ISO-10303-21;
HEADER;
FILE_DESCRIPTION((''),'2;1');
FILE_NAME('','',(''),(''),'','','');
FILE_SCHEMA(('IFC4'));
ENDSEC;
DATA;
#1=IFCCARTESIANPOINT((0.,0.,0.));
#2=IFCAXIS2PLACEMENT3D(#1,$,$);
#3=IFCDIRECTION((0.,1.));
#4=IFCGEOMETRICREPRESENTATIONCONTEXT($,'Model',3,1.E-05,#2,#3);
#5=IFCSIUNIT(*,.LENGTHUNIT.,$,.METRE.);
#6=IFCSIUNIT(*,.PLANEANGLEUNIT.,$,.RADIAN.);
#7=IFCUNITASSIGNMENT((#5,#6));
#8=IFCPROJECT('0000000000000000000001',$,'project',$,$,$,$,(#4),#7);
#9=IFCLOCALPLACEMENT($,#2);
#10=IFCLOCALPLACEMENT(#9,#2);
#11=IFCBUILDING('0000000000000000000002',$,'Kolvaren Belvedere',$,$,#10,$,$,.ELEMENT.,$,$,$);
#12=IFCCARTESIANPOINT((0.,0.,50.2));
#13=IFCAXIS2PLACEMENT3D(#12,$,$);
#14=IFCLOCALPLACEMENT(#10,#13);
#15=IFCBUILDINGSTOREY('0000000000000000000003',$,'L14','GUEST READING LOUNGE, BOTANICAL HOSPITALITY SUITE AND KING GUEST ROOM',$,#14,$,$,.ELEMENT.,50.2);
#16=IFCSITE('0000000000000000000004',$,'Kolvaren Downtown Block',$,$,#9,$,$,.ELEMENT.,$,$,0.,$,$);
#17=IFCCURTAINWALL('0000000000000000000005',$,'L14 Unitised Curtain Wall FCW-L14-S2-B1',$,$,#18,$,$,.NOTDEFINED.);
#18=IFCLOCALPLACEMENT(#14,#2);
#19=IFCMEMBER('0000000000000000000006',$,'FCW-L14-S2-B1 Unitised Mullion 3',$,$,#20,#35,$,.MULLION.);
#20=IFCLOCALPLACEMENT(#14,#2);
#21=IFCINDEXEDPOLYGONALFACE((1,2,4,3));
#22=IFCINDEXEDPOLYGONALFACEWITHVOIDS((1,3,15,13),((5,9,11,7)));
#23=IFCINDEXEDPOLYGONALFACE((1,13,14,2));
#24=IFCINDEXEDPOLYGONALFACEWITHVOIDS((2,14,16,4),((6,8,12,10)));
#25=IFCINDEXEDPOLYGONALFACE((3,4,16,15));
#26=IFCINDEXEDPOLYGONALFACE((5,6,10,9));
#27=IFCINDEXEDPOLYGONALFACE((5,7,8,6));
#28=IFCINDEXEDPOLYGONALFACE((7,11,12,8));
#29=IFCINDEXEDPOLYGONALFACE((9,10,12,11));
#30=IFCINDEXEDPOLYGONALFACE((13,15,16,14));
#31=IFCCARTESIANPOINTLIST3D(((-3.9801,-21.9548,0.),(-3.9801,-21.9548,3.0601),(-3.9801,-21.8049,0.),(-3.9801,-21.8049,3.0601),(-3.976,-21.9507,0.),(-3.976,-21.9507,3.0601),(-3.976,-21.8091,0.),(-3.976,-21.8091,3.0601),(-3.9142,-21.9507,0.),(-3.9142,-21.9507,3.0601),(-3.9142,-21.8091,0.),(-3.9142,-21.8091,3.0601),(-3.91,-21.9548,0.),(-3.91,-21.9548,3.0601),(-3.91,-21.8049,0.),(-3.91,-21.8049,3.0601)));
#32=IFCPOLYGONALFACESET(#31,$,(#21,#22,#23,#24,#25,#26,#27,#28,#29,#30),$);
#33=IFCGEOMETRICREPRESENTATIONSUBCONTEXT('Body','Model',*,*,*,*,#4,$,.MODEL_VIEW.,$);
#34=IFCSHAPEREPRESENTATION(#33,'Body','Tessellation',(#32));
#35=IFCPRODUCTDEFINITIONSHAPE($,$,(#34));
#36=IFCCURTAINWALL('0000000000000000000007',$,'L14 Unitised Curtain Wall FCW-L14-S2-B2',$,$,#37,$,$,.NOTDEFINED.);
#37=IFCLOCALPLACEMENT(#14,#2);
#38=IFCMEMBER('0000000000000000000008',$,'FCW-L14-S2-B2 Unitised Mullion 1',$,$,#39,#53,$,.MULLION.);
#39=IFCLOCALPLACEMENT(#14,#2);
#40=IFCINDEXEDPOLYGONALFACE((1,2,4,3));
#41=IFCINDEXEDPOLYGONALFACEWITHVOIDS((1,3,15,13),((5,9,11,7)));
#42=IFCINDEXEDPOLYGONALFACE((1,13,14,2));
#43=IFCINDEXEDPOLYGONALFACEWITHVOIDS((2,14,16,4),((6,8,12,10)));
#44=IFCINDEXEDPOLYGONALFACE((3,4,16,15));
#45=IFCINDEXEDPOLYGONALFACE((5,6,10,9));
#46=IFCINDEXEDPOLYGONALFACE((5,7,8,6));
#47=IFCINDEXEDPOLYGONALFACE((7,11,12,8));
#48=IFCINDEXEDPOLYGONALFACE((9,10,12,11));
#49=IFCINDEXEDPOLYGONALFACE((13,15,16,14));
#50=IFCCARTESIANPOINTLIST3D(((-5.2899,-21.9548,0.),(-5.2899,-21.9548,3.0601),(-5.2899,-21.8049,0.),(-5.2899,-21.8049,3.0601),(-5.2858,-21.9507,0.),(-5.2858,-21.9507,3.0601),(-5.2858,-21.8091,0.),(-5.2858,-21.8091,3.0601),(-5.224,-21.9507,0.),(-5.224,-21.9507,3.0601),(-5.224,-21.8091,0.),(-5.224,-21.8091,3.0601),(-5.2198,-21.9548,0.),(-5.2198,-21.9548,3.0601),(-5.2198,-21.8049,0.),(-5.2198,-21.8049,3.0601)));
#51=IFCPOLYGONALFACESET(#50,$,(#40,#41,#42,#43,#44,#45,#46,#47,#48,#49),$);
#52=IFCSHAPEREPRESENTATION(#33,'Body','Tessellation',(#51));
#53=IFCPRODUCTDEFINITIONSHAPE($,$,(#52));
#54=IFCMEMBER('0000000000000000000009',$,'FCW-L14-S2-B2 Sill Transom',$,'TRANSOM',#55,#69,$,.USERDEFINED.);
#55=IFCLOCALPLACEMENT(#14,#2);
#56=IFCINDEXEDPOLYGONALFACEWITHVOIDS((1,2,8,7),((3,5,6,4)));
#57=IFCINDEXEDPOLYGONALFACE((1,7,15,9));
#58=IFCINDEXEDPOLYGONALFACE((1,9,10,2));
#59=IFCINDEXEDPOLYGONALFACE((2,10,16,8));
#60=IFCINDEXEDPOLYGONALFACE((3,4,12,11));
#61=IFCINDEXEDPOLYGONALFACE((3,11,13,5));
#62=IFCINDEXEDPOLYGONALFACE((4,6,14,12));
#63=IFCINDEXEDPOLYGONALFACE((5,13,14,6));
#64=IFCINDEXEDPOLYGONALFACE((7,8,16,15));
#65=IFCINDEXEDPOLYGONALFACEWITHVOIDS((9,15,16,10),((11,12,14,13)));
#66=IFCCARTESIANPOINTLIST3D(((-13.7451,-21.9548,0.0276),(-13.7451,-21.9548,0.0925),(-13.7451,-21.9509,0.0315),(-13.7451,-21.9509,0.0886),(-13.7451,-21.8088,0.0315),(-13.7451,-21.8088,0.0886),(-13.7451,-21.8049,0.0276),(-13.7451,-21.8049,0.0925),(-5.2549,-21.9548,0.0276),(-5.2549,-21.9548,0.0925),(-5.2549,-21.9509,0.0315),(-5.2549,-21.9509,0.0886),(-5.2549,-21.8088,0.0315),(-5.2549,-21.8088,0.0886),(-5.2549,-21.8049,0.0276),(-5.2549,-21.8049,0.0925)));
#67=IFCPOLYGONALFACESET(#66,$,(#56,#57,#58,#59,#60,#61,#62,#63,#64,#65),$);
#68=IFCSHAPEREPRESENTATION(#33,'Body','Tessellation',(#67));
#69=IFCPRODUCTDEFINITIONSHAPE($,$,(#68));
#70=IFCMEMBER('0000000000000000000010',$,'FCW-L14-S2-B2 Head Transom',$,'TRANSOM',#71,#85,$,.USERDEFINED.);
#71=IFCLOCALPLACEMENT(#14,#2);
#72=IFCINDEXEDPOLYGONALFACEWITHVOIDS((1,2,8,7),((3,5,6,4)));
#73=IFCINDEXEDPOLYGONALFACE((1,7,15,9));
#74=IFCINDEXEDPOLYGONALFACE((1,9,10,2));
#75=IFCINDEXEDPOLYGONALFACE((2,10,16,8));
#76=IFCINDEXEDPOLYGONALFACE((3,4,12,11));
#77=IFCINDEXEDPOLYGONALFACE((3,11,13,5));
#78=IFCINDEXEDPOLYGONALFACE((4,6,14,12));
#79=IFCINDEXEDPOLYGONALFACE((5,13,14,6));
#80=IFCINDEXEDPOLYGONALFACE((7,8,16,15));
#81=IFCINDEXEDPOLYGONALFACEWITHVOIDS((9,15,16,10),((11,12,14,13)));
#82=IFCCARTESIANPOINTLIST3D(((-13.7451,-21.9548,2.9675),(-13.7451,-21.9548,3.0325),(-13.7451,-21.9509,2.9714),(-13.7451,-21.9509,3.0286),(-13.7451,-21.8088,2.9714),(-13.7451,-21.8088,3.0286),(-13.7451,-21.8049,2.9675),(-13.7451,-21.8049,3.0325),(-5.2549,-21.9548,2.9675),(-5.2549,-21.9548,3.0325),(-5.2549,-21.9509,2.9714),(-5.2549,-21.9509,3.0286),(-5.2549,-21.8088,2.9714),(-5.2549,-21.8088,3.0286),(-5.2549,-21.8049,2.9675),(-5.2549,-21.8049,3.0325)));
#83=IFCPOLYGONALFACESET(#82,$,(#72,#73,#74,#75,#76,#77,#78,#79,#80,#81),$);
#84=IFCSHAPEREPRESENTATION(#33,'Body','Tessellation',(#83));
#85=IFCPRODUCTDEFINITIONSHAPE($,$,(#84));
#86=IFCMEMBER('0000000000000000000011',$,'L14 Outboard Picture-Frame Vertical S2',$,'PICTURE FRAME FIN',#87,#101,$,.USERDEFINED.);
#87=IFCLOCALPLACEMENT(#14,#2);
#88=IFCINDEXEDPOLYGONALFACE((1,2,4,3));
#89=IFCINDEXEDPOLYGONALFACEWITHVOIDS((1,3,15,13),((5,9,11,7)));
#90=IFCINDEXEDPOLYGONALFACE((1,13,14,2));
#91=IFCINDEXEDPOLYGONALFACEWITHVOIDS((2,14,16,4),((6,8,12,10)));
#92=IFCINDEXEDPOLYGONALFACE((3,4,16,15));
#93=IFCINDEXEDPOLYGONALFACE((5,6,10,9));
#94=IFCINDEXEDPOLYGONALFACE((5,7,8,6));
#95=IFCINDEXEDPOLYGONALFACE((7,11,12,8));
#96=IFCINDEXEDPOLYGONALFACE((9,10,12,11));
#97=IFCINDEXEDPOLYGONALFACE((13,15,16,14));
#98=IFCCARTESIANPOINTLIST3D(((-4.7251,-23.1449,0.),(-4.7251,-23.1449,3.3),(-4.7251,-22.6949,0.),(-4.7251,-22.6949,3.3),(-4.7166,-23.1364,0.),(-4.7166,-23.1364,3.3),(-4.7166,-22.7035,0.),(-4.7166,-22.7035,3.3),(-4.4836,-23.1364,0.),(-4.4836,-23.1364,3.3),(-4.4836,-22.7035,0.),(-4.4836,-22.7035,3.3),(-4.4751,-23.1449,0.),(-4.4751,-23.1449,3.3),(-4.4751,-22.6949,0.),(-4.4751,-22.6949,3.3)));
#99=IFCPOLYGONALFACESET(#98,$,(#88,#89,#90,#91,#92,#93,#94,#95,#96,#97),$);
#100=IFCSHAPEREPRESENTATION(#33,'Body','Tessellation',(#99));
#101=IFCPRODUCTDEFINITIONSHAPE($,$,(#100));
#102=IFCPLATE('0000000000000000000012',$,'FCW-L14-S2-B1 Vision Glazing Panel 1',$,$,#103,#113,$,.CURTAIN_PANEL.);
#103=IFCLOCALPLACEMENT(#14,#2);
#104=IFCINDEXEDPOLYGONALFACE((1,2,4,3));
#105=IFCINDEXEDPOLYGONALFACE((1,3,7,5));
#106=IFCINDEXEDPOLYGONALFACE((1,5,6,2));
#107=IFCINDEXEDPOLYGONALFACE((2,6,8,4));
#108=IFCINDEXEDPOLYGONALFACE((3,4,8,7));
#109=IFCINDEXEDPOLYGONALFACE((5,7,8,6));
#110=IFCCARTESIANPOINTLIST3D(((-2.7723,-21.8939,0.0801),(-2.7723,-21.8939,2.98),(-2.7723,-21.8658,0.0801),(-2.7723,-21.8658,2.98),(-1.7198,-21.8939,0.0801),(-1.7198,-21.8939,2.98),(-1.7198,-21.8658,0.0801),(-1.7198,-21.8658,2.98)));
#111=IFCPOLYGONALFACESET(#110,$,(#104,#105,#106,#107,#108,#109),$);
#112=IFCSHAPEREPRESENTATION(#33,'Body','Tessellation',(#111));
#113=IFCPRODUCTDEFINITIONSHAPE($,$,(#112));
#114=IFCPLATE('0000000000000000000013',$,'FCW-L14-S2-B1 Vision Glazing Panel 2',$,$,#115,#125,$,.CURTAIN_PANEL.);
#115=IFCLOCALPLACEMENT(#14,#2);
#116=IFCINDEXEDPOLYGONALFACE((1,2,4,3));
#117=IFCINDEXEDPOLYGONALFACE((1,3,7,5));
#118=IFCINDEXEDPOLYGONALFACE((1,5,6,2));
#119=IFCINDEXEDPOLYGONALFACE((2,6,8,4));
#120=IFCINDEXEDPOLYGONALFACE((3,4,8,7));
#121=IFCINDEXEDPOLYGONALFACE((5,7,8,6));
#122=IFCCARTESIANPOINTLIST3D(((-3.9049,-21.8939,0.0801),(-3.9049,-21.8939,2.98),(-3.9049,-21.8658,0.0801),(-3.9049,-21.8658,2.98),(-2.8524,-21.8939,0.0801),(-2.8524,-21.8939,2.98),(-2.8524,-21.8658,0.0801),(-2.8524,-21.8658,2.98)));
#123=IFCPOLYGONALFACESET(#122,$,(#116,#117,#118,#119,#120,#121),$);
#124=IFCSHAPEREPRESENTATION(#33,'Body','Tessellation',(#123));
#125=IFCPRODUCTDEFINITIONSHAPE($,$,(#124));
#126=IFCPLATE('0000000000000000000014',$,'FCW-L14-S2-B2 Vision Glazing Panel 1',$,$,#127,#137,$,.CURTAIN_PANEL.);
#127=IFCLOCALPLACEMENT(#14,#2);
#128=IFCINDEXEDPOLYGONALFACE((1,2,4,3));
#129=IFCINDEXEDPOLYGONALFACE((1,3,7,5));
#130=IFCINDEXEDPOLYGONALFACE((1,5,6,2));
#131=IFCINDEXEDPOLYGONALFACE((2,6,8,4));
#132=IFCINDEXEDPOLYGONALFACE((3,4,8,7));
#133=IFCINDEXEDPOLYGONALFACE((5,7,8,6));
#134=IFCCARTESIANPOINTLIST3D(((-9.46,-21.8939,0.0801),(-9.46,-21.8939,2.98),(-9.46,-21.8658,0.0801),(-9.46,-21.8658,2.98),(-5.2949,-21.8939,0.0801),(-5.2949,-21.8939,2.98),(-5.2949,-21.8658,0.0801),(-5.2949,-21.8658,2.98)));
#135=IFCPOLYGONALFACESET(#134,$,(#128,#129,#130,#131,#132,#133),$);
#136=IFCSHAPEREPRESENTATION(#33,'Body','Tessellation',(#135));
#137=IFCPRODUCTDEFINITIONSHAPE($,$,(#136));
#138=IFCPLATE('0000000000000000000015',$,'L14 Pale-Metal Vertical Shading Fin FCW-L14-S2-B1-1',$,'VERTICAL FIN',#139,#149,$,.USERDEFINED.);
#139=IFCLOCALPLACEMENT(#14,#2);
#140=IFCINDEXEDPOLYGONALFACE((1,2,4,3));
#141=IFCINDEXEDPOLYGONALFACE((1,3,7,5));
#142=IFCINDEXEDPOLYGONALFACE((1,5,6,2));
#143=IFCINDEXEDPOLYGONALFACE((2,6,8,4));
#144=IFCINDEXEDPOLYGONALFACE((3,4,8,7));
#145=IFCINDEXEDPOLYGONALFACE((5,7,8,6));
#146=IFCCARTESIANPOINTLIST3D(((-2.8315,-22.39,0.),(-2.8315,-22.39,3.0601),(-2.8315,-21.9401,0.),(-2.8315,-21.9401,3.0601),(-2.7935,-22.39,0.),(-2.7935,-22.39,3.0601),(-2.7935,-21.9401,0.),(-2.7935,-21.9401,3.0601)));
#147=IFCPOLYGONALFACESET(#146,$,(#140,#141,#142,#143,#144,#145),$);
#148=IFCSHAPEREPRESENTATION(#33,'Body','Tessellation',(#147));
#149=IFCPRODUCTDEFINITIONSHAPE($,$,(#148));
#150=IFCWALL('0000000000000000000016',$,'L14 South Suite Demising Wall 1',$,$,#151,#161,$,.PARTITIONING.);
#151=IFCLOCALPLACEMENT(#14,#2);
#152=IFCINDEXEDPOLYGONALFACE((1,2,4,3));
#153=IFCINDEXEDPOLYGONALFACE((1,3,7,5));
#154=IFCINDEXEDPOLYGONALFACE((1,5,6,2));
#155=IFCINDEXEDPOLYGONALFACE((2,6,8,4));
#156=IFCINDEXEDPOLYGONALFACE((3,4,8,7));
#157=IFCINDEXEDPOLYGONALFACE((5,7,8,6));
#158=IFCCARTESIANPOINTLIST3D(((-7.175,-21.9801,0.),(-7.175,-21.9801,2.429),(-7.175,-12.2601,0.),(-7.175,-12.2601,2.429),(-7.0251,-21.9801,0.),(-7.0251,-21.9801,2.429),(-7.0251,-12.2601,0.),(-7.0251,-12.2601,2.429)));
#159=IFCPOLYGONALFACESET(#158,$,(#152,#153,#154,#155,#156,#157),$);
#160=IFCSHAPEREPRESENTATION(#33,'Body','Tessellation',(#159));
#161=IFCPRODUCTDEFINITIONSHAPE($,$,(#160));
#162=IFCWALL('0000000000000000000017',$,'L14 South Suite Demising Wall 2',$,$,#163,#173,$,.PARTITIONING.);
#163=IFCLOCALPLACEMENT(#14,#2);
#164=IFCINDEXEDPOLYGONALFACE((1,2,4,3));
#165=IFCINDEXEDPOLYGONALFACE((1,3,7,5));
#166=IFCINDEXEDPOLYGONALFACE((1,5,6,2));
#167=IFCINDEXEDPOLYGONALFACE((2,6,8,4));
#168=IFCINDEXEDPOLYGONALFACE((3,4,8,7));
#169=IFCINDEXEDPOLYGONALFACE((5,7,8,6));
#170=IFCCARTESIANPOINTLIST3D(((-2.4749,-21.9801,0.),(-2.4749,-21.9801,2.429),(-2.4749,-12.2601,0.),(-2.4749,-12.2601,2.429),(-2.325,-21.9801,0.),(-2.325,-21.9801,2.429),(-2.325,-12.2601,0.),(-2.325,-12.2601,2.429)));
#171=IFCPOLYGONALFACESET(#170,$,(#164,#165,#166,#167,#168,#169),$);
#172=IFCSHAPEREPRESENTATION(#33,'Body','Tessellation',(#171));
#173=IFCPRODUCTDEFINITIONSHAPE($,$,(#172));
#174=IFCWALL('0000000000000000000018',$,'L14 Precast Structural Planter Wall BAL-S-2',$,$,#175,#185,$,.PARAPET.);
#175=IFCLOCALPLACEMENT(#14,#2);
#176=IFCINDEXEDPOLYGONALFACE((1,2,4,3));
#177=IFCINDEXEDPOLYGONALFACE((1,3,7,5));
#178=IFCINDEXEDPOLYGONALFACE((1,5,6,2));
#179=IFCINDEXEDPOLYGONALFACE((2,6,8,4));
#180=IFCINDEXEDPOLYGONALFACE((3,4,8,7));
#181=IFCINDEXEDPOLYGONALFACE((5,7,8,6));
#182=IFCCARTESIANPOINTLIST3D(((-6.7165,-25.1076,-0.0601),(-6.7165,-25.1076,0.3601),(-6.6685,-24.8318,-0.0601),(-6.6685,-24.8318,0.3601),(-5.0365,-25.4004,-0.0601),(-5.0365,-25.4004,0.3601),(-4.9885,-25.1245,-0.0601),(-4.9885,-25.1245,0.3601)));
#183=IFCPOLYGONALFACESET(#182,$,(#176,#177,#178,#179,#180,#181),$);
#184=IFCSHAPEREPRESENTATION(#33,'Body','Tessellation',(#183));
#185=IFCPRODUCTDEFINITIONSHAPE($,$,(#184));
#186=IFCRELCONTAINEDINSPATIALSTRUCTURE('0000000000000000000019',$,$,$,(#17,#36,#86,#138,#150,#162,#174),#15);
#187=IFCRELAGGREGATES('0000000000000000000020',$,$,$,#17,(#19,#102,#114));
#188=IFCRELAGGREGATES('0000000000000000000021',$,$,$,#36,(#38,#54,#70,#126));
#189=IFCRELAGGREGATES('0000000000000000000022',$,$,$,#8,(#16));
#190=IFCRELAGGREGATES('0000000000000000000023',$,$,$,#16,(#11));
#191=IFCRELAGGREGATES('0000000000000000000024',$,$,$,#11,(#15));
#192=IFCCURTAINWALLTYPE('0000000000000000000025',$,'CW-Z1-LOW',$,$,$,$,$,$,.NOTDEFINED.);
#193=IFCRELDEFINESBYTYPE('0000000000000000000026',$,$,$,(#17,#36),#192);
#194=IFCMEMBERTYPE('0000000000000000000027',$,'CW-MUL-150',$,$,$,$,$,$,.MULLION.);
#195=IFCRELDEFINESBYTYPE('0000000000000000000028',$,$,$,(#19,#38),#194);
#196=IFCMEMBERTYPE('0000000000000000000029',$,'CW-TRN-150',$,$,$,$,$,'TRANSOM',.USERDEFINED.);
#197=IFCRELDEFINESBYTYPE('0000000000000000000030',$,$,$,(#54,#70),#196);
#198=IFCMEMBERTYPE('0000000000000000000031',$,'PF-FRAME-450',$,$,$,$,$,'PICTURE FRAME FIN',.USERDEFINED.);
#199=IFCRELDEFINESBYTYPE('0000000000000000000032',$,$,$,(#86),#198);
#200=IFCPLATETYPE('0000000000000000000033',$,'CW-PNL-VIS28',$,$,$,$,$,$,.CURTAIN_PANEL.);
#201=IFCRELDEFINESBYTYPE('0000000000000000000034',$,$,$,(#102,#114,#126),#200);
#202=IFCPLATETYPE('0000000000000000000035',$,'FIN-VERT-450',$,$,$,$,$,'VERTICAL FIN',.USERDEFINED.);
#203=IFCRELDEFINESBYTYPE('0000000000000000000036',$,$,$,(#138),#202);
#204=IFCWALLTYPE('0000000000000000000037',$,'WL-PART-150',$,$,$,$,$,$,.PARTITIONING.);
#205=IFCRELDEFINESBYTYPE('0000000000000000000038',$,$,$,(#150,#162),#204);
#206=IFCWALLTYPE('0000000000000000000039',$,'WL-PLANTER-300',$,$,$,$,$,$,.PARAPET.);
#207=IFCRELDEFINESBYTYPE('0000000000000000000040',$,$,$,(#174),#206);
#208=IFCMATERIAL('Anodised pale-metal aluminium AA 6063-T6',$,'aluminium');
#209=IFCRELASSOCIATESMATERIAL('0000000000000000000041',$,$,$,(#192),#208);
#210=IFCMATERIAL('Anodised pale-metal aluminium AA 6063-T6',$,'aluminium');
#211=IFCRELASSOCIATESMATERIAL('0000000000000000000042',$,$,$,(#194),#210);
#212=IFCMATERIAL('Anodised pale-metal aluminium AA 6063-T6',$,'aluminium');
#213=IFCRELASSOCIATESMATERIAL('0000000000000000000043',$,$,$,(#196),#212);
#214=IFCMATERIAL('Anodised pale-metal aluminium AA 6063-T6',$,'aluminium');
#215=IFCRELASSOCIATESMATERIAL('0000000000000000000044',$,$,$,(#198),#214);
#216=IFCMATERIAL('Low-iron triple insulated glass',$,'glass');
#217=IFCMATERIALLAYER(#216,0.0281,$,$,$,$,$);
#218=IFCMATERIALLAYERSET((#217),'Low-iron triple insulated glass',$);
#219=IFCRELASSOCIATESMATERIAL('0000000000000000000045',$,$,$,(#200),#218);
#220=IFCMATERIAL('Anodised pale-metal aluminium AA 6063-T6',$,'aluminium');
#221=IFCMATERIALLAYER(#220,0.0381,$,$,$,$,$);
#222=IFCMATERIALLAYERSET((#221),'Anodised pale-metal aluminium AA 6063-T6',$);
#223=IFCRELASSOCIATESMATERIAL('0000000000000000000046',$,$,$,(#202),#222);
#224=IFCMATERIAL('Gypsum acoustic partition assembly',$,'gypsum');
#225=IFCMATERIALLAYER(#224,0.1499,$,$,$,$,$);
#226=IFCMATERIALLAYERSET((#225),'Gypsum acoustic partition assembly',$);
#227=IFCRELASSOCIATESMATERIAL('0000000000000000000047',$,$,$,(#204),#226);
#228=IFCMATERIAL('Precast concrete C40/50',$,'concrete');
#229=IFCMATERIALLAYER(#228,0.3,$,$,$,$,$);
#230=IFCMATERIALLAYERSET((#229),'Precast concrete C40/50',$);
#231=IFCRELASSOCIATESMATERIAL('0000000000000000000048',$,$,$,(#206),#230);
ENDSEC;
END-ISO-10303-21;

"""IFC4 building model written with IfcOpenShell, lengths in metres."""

from ifc_helpers import new_model, si_unit, direction, frame, frame_2d, origin, origin_2d, place, context, subcontext, project, spatial, rectangle, hollow_rectangle, extrude, material, layer, layer_set, material_profile, profile_set, type_object, element, aggregate, save


model = new_model("IFC4")

# Units and contexts
model_context = context("Model", 3, precision=1e-05, world=origin(), true_north=direction((0.0, 1.0)))
body_context = subcontext(model_context, "Body", "Model", "MODEL_VIEW")
ifc_project = project(units=[si_unit("LENGTHUNIT", "METRE"), si_unit("PLANEANGLEUNIT", "RADIAN")], contexts=[model_context])

# Site, building, storey
site_placement = place(None, origin())
site = spatial("IfcSite", under=ifc_project, at=site_placement, Name="Kolvaren Downtown Block", CompositionType="ELEMENT", RefElevation=0.0)
building_placement = place(site_placement, origin())
building = spatial("IfcBuilding", under=site, at=building_placement, Name="Kolvaren Belvedere", CompositionType="ELEMENT")
storey_placement = place(building_placement, frame((0.0, 0.0, 50.2)))
storey = spatial("IfcBuildingStorey", under=building, at=storey_placement, Name="L14", Description="GUEST READING LOUNGE, BOTANICAL HOSPITALITY SUITE AND KING GUEST ROOM", CompositionType="ELEMENT", Elevation=50.2)

# Curtain walls, members
ifc_material_1 = material(Name="Anodised pale-metal aluminium AA 6063-T6", Category="aluminium")
curtain_wall_type = type_object("IfcCurtainWallType", Name="CW-Z1-LOW", PredefinedType="NOTDEFINED", material=ifc_material_1)
curtain_wall_1_placement = place(storey_placement, origin())
curtain_wall_1 = element("IfcCurtainWall", 1, at=curtain_wall_1_placement, inside=storey, type_object=curtain_wall_type, Name="L14 Unitised Curtain Wall FCW-L14-S2-B1", PredefinedType="NOTDEFINED")
ifc_material_2 = material(Name="Anodised pale-metal aluminium AA 6063-T6", Category="aluminium")
ifc_material_profile_1 = material_profile(ifc_material_2, hollow_rectangle(XDim=0.0701, YDim=0.1499, WallThickness=0.0042, at=origin_2d()), Name="ALU-MUL-150X70")
ifc_profile_set_1 = profile_set([ifc_material_profile_1], Name="Anodised pale-metal aluminium AA 6063-T6")
member_type_1 = type_object("IfcMemberType", Name="CW-MUL-150", PredefinedType="MULLION", material=ifc_profile_set_1)
member_1_placement = place(storey_placement, frame((-3.9451, -21.8799, 0.0), z_axis=(0.0, 0.0, 1.0), x_axis=(1.0, 0.0, 0.0)))
member_1 = element("IfcMember", 2, at=member_1_placement, type_object=member_type_1, Name="FCW-L14-S2-B1 Unitised Mullion 3", PredefinedType="MULLION", context=body_context, shape_type="SweptSolid", body=[
    extrude(hollow_rectangle(XDim=0.0701, YDim=0.1499, WallThickness=0.0042, at=origin_2d()), origin(), (0.0, 0.0, 1.0), 3.0601),
])
curtain_wall_2_placement = place(storey_placement, origin())
curtain_wall_2 = element("IfcCurtainWall", 3, at=curtain_wall_2_placement, inside=storey, type_object=curtain_wall_type, Name="L14 Unitised Curtain Wall FCW-L14-S2-B2", PredefinedType="NOTDEFINED")
member_2_placement = place(storey_placement, frame((-5.2549, -21.8799, 0.0), z_axis=(0.0, 0.0, 1.0), x_axis=(1.0, 0.0, 0.0)))
member_2 = element("IfcMember", 4, at=member_2_placement, type_object=member_type_1, Name="FCW-L14-S2-B2 Unitised Mullion 1", PredefinedType="MULLION", context=body_context, shape_type="SweptSolid", body=[
    extrude(hollow_rectangle(XDim=0.0701, YDim=0.1499, WallThickness=0.0042, at=origin_2d()), origin(), (0.0, 0.0, 1.0), 3.0601),
])
ifc_material_3 = material(Name="Anodised pale-metal aluminium AA 6063-T6", Category="aluminium")
ifc_material_profile_2 = material_profile(ifc_material_3, hollow_rectangle(XDim=0.0649, YDim=0.1499, WallThickness=0.0039, at=origin_2d()), Name="ALU-TRN-150X65")
ifc_profile_set_2 = profile_set([ifc_material_profile_2], Name="Anodised pale-metal aluminium AA 6063-T6")
member_type_2 = type_object("IfcMemberType", Name="CW-TRN-150", ElementType="TRANSOM", PredefinedType="USERDEFINED", material=ifc_profile_set_2)
member_3_placement = place(storey_placement, frame((-5.2549, -21.8799, 0.0601), z_axis=(-1.0, 0.0, 0.0), x_axis=(0.0, 0.0, 1.0)))
member_3 = element("IfcMember", 5, at=member_3_placement, type_object=member_type_2, Name="FCW-L14-S2-B2 Sill Transom", ObjectType="TRANSOM", PredefinedType="USERDEFINED", context=body_context, shape_type="SweptSolid", body=[
    extrude(hollow_rectangle(XDim=0.0649, YDim=0.1499, WallThickness=0.0039, at=origin_2d()), origin(), (0.0, 0.0, 1.0), 8.4902),
])
member_4_placement = place(storey_placement, frame((-5.2549, -21.8799, 3.0), z_axis=(-1.0, 0.0, 0.0), x_axis=(0.0, 0.0, 1.0)))
member_4 = element("IfcMember", 6, at=member_4_placement, type_object=member_type_2, Name="FCW-L14-S2-B2 Head Transom", ObjectType="TRANSOM", PredefinedType="USERDEFINED", context=body_context, shape_type="SweptSolid", body=[
    extrude(hollow_rectangle(XDim=0.0649, YDim=0.1499, WallThickness=0.0039, at=origin_2d()), origin(), (0.0, 0.0, 1.0), 8.4902),
])

# Member
ifc_material_4 = material(Name="Anodised pale-metal aluminium AA 6063-T6", Category="aluminium")
ifc_material_profile_3 = material_profile(ifc_material_4, hollow_rectangle(XDim=0.25, YDim=0.45, WallThickness=0.0085, at=origin_2d()), Name="ALU-PF-450X250")
ifc_profile_set_3 = profile_set([ifc_material_profile_3], Name="Anodised pale-metal aluminium AA 6063-T6")
member_type_3 = type_object("IfcMemberType", Name="PF-FRAME-450", ElementType="PICTURE FRAME FIN", PredefinedType="USERDEFINED", material=ifc_profile_set_3)
member_5_placement = place(storey_placement, frame((-4.6001, -22.9199, 0.0), z_axis=(0.0, 0.0, 1.0), x_axis=(1.0, 0.0, 0.0)))
element("IfcMember", 7, at=member_5_placement, inside=storey, type_object=member_type_3, Name="L14 Outboard Picture-Frame Vertical S2", ObjectType="PICTURE FRAME FIN", PredefinedType="USERDEFINED", context=body_context, shape_type="SweptSolid", body=[
    extrude(hollow_rectangle(XDim=0.25, YDim=0.45, WallThickness=0.0085, at=origin_2d()), origin(), (0.0, 0.0, 1.0), 3.3),
])

# Plates
ifc_material_5 = material(Name="Low-iron triple insulated glass", Category="glass")
ifc_layer_1 = layer(ifc_material_5, 0.0281)
ifc_layer_set_1 = layer_set([ifc_layer_1], Name="Low-iron triple insulated glass")
plate_type_1 = type_object("IfcPlateType", Name="CW-PNL-VIS28", PredefinedType="CURTAIN_PANEL", material=ifc_layer_set_1)
plate_1_placement = place(storey_placement, frame((-2.2461, -21.8799, 0.0801), z_axis=(0.0, 0.0, 1.0), x_axis=(-1.0, 0.0, 0.0)))
plate_1 = element("IfcPlate", 8, at=plate_1_placement, type_object=plate_type_1, Name="FCW-L14-S2-B1 Vision Glazing Panel 1", PredefinedType="CURTAIN_PANEL", context=body_context, shape_type="SweptSolid", body=[
    extrude(rectangle(XDim=1.0525, YDim=0.0281, at=origin_2d()), origin(), (0.0, 0.0, 1.0), 2.8999),
])
plate_2_placement = place(storey_placement, frame((-3.3787, -21.8799, 0.0801), z_axis=(0.0, 0.0, 1.0), x_axis=(-1.0, 0.0, 0.0)))
plate_2 = element("IfcPlate", 9, at=plate_2_placement, type_object=plate_type_1, Name="FCW-L14-S2-B1 Vision Glazing Panel 2", PredefinedType="CURTAIN_PANEL", context=body_context, shape_type="SweptSolid", body=[
    extrude(rectangle(XDim=1.0525, YDim=0.0281, at=origin_2d()), origin(), (0.0, 0.0, 1.0), 2.8999),
])
aggregate(curtain_wall_1, [member_1, plate_1, plate_2])
plate_3_placement = place(storey_placement, frame((-7.3774, -21.8799, 0.0801), z_axis=(0.0, 0.0, 1.0), x_axis=(-1.0, 0.0, 0.0)))
plate_3 = element("IfcPlate", 10, at=plate_3_placement, type_object=plate_type_1, Name="FCW-L14-S2-B2 Vision Glazing Panel 1", PredefinedType="CURTAIN_PANEL", context=body_context, shape_type="SweptSolid", body=[
    extrude(rectangle(XDim=4.165, YDim=0.0281, at=origin_2d()), origin(), (0.0, 0.0, 1.0), 2.8999),
])
aggregate(curtain_wall_2, [member_2, member_3, member_4, plate_3])
ifc_material_6 = material(Name="Anodised pale-metal aluminium AA 6063-T6", Category="aluminium")
ifc_layer_2 = layer(ifc_material_6, 0.0381)
ifc_layer_set_2 = layer_set([ifc_layer_2], Name="Anodised pale-metal aluminium AA 6063-T6")
plate_type_2 = type_object("IfcPlateType", Name="FIN-VERT-450", ElementType="VERTICAL FIN", PredefinedType="USERDEFINED", material=ifc_layer_set_2)
plate_4_placement = place(storey_placement, frame((-2.8125, -22.165, 0.0), z_axis=(0.0, 0.0, 1.0), x_axis=(0.0, 1.0, 0.0)))
element("IfcPlate", 11, at=plate_4_placement, inside=storey, type_object=plate_type_2, Name="L14 Pale-Metal Vertical Shading Fin FCW-L14-S2-B1-1", ObjectType="VERTICAL FIN", PredefinedType="USERDEFINED", context=body_context, shape_type="SweptSolid", body=[
    extrude(rectangle(XDim=0.45, YDim=0.0381, at=origin_2d()), origin(), (0.0, 0.0, 1.0), 3.0601),
])

# Walls
ifc_material_7 = material(Name="Gypsum acoustic partition assembly", Category="gypsum")
ifc_layer_3 = layer(ifc_material_7, 0.1499)
ifc_layer_set_3 = layer_set([ifc_layer_3], Name="Gypsum acoustic partition assembly")
wall_type_1 = type_object("IfcWallType", Name="WL-PART-150", PredefinedType="PARTITIONING", material=ifc_layer_set_3)
for number, where, z_axis, x_axis, name in (
    (12, (-7.1001, -21.98, 0.0), (0.0, 0.0, 1.0), (0.0, 1.0, 0.0), "L14 South Suite Demising Wall 1"),
    (13, (-2.3999, -21.98, 0.0), (0.0, 0.0, 1.0), (0.0, 1.0, 0.0), "L14 South Suite Demising Wall 2"),
):
    element("IfcWall", number, at=place(storey_placement, frame(where, z_axis=z_axis, x_axis=x_axis)), inside=storey, type_object=wall_type_1, Name=name, PredefinedType="PARTITIONING", context=body_context, shape_type="SweptSolid", body=[
        extrude(rectangle(XDim=9.72, YDim=0.1499, at=frame_2d((4.8599, 0.0))), origin(), (0.0, 0.0, 1.0), 2.429),
    ])
ifc_material_8 = material(Name="Precast concrete C40/50", Category="concrete")
ifc_layer_4 = layer(ifc_material_8, 0.3)
ifc_layer_set_4 = layer_set([ifc_layer_4], Name="Precast concrete C40/50")
wall_type_2 = type_object("IfcWallType", Name="WL-PLANTER-300", PredefinedType="PARAPET", material=ifc_layer_set_4)
wall_1_placement = place(storey_placement, frame((-6.6924, -24.9697, -0.0601), z_axis=(0.0, 0.0, 1.0), x_axis=(0.985156, -0.171661, 0.0)))
element("IfcWall", 14, at=wall_1_placement, inside=storey, type_object=wall_type_2, Name="L14 Precast Structural Planter Wall BAL-S-2", PredefinedType="PARAPET", context=body_context, shape_type="SweptSolid", body=[
    extrude(rectangle(XDim=1.7053, YDim=0.28, at=frame_2d((0.8525, 0.0))), origin(), (0.0, 0.0, 1.0), 0.4202),
])

save(model, "model.ifc")
